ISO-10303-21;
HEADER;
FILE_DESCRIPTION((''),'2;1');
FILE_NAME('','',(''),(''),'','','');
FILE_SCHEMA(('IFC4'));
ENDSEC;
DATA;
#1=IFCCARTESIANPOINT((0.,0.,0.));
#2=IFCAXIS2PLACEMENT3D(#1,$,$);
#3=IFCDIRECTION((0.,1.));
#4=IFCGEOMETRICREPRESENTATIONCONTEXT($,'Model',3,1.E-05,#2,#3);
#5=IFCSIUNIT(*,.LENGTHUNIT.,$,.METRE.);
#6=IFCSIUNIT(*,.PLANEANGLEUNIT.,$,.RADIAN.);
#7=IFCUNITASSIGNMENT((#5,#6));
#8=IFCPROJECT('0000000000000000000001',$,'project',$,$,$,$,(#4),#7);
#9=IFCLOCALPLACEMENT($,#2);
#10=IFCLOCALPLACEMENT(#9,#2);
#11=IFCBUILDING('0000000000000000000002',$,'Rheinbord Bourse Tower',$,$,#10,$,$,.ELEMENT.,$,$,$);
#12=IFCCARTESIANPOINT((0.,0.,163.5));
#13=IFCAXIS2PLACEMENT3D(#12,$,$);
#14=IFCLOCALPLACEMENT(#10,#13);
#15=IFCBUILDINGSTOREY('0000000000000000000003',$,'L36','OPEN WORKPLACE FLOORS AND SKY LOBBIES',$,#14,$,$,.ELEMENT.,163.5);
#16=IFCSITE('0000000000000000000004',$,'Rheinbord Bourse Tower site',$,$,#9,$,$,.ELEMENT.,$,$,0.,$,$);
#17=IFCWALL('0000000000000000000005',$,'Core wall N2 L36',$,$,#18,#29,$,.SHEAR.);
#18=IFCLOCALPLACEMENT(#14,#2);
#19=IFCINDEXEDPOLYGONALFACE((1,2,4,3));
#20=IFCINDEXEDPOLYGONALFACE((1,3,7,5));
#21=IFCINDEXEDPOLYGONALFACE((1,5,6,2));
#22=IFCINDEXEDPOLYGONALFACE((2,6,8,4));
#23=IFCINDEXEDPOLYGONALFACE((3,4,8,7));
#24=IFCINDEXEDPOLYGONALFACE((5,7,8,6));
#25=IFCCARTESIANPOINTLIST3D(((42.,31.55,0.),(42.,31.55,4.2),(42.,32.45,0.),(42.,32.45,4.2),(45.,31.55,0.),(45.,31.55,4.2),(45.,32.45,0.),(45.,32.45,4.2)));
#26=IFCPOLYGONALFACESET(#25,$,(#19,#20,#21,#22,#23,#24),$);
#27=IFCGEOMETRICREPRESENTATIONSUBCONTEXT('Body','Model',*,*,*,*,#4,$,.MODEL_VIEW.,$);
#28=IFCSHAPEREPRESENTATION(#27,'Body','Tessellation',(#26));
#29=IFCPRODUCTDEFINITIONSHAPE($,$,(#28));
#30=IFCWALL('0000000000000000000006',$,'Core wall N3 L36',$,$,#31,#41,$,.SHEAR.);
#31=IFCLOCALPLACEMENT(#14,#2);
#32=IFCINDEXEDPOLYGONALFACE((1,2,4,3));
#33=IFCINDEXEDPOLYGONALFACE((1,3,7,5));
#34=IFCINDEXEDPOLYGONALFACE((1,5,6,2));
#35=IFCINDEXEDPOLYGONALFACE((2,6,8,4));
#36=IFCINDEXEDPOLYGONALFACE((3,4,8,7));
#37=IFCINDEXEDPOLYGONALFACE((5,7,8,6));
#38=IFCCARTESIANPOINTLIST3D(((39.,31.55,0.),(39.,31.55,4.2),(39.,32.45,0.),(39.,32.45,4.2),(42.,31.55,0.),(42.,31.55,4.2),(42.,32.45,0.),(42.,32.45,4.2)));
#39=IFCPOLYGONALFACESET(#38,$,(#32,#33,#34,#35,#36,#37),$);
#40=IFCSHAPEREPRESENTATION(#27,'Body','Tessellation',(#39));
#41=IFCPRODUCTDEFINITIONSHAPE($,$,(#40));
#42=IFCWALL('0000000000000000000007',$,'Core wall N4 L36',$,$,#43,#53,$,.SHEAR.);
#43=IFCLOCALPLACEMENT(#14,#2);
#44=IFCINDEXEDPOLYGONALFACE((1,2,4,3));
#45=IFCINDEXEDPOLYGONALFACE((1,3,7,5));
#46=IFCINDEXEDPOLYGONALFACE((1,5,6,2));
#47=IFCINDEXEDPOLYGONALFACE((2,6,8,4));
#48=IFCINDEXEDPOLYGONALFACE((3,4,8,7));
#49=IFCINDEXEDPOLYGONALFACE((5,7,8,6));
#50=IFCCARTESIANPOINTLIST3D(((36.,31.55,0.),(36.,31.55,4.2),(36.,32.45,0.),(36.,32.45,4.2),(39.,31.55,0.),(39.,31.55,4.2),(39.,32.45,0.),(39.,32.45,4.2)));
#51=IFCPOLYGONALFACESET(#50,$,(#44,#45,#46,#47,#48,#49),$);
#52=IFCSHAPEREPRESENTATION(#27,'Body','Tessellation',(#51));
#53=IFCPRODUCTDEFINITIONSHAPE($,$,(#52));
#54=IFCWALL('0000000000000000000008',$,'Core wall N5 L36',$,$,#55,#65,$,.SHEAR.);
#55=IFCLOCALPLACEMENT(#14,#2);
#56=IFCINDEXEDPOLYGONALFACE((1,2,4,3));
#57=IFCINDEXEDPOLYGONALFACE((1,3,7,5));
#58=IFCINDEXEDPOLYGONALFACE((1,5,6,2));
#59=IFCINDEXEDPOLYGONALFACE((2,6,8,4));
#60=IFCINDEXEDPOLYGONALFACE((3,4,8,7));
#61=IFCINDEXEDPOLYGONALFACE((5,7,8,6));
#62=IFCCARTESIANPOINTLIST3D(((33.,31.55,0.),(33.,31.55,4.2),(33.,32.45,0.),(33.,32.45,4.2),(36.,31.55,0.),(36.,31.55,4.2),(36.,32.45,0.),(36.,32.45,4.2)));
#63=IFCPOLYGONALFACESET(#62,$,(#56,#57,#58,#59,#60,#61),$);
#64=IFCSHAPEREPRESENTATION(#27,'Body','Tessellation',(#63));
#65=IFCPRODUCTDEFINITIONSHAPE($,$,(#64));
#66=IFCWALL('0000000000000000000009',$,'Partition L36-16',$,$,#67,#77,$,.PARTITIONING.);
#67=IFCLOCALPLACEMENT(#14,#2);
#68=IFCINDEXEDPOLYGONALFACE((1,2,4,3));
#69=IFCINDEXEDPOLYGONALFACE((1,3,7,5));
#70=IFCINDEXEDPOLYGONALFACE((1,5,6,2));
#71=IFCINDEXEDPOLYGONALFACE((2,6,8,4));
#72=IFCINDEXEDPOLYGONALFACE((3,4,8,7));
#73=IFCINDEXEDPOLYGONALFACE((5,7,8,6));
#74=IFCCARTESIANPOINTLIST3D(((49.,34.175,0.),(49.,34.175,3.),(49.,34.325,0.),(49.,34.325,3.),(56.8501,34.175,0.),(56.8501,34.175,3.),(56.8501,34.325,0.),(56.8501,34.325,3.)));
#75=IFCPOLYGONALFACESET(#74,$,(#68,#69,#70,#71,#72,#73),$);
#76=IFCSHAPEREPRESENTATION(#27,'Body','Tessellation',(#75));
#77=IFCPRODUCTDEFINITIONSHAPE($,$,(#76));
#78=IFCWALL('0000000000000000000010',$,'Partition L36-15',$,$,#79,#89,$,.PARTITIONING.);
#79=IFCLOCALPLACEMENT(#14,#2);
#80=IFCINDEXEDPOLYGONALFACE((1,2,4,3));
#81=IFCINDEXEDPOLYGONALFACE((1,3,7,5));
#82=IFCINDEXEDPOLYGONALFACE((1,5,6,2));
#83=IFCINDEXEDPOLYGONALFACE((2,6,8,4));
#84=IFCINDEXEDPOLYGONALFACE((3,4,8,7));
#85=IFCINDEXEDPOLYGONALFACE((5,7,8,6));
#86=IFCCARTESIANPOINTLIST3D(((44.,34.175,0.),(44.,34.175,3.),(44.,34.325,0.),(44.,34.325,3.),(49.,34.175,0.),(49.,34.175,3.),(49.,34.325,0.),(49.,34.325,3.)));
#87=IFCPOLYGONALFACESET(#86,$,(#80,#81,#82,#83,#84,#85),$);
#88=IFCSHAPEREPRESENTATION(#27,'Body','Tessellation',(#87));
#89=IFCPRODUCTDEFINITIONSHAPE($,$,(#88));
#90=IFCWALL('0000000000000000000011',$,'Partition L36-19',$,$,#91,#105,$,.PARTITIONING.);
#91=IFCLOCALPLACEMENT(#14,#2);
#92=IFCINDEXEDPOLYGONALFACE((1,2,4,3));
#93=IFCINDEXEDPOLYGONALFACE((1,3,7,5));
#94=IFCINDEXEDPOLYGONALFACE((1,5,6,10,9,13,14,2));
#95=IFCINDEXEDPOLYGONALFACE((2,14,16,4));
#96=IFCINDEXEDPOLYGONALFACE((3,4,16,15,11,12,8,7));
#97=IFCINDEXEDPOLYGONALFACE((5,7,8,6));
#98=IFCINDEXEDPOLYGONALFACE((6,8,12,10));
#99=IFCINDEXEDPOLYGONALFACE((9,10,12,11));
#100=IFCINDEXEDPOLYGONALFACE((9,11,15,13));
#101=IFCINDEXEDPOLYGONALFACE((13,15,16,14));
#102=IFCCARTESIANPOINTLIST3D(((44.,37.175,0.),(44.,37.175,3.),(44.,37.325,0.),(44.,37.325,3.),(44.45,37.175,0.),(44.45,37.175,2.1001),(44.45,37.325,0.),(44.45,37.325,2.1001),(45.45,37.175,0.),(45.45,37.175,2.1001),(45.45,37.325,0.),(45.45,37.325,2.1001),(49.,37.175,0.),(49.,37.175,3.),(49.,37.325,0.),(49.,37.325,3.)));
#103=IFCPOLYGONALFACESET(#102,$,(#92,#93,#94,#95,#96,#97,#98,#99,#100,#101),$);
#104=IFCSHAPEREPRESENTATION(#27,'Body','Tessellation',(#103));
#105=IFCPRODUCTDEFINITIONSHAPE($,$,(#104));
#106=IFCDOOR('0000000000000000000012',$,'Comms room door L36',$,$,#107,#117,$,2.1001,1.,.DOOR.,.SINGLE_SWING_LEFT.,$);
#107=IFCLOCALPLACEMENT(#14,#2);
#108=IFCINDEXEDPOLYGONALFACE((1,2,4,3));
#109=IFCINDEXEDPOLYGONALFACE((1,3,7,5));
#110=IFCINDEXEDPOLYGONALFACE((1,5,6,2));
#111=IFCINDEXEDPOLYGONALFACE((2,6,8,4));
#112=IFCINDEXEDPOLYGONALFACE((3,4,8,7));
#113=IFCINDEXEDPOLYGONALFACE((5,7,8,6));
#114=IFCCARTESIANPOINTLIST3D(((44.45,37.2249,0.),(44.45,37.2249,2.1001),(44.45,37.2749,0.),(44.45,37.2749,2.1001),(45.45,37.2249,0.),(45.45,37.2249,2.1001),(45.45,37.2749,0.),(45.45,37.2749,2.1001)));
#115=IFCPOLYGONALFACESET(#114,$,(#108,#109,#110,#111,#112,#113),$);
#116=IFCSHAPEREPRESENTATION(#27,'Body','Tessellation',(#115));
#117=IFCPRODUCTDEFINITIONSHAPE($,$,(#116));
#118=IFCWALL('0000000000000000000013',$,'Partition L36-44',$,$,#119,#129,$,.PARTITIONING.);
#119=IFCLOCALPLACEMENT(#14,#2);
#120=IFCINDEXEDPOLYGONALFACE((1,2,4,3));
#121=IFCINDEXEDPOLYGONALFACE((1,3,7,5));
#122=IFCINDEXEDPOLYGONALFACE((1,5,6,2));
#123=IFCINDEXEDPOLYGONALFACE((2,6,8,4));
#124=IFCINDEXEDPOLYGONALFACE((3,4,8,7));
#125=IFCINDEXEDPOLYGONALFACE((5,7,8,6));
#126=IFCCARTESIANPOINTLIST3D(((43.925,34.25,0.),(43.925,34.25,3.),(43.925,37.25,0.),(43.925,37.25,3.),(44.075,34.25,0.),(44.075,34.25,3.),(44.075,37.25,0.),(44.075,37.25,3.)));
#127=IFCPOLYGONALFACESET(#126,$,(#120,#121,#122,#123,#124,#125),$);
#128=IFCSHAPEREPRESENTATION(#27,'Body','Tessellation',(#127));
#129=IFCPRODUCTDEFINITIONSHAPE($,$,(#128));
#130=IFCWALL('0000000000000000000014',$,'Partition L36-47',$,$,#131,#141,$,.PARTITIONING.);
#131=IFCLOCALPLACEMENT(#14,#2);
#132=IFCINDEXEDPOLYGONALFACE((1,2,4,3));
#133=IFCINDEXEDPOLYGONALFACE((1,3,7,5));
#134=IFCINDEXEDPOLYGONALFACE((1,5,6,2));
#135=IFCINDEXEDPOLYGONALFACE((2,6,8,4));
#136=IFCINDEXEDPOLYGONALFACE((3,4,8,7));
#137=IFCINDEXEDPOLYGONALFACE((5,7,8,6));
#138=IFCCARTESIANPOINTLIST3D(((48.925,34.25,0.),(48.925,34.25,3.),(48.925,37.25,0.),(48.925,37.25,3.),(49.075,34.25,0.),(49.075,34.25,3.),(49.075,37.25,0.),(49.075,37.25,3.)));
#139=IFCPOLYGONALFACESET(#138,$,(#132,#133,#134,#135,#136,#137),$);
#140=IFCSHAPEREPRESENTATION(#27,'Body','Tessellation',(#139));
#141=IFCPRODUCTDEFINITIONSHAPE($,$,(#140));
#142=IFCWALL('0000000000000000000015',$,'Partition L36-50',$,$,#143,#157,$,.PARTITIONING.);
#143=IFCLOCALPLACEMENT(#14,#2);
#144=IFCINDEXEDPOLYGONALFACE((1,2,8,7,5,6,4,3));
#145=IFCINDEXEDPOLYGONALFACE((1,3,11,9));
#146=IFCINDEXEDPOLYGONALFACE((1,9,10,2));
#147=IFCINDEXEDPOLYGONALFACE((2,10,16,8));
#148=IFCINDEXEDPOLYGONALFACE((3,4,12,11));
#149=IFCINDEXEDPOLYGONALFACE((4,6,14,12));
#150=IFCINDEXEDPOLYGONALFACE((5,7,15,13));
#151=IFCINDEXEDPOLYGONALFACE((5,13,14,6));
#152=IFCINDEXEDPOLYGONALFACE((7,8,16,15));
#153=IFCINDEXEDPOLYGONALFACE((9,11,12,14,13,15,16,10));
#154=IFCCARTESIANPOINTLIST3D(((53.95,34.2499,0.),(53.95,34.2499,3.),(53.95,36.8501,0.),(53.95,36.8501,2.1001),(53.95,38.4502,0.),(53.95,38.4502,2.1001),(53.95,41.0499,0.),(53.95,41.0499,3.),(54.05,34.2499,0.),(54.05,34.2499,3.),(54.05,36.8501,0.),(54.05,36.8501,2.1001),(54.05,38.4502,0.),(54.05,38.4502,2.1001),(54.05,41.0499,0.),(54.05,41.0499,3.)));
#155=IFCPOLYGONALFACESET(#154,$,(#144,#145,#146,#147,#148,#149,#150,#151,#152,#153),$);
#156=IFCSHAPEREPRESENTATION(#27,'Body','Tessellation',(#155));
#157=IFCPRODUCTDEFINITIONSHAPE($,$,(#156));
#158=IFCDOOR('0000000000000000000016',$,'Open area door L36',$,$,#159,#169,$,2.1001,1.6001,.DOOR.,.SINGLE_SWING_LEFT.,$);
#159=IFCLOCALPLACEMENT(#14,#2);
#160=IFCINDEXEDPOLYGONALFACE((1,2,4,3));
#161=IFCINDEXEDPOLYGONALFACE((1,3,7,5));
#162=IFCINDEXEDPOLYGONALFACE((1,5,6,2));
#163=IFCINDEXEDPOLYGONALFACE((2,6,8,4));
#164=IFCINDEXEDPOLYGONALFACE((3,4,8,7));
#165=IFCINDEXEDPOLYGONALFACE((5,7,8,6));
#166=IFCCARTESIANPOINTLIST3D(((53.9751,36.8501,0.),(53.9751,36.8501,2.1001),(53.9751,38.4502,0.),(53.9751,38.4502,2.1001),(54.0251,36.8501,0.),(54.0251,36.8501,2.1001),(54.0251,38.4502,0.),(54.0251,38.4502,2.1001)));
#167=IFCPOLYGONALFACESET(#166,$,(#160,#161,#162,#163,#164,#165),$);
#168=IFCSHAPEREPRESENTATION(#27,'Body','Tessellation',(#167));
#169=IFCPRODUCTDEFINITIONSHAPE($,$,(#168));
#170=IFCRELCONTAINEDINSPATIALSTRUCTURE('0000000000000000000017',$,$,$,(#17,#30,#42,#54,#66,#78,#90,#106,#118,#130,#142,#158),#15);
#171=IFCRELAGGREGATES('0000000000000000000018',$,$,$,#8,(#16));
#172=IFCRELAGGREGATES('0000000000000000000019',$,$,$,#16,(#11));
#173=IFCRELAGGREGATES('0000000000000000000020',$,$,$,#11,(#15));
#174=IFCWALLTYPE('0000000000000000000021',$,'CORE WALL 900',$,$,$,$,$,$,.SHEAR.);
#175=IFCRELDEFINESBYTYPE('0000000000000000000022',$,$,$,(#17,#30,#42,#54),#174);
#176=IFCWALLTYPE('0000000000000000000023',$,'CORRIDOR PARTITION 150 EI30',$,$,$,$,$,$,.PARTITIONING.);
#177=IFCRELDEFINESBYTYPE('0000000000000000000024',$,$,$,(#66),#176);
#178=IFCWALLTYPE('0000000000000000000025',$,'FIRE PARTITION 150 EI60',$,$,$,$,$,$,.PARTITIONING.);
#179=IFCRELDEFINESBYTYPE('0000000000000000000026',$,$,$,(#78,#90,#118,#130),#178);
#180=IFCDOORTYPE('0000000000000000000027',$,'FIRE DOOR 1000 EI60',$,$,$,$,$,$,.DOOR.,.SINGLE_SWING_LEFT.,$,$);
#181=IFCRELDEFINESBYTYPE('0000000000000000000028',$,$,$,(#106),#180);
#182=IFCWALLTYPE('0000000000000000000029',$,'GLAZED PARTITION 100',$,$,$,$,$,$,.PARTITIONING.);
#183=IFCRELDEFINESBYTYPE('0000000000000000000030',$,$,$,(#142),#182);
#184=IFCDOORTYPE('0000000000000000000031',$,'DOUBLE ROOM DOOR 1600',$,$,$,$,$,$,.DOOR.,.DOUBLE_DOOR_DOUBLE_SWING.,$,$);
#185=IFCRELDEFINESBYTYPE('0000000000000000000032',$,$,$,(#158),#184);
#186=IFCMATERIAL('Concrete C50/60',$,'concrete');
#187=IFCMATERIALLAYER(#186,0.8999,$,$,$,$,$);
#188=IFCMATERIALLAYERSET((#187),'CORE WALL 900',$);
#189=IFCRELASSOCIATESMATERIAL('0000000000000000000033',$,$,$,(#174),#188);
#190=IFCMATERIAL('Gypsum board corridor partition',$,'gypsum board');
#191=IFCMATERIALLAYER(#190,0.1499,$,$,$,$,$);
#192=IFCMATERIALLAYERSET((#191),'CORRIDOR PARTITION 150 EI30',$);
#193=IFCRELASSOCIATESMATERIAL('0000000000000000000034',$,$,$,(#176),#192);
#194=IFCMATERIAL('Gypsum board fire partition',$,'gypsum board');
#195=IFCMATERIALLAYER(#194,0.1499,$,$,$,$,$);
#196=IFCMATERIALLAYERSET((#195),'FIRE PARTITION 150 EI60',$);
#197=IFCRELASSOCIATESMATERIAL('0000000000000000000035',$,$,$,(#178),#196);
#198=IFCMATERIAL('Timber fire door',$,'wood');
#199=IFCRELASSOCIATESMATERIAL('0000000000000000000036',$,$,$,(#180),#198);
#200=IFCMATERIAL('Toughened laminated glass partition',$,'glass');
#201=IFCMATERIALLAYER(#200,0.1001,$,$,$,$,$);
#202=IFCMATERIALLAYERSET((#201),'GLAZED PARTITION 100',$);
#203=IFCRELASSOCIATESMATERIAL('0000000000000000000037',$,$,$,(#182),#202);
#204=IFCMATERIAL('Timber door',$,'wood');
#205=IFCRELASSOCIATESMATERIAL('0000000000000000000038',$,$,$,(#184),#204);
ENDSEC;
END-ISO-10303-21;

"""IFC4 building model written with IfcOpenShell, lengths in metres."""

from ifc_helpers import new_model, si_unit, direction, frame, frame_2d, origin, place, context, subcontext, project, spatial, rectangle, extrude, material, layer, layer_set, type_object, element, fill, save


model = new_model("IFC4")

# Units and contexts
model_context = context("Model", 3, precision=1e-05, world=origin(), true_north=direction((0.0, 1.0)))
body_context = subcontext(model_context, "Body", "Model", "MODEL_VIEW")
ifc_project = project(units=[si_unit("LENGTHUNIT", "METRE"), si_unit("PLANEANGLEUNIT", "RADIAN")], contexts=[model_context])

# Site, building, storey
site_placement = place(None, origin())
site = spatial("IfcSite", under=ifc_project, at=site_placement, Name="Rheinbord Bourse Tower site", CompositionType="ELEMENT", RefElevation=0.0)
building_placement = place(site_placement, origin())
building = spatial("IfcBuilding", under=site, at=building_placement, Name="Rheinbord Bourse Tower", CompositionType="ELEMENT")
storey_placement = place(building_placement, frame((0.0, 0.0, 163.5)))
storey = spatial("IfcBuildingStorey", under=building, at=storey_placement, Name="L36", Description="OPEN WORKPLACE FLOORS AND SKY LOBBIES", CompositionType="ELEMENT", Elevation=163.5)

# Walls
ifc_material_1 = material(Name="Concrete C50/60", Category="concrete")
ifc_layer_1 = layer(ifc_material_1, 0.8999)
ifc_layer_set_1 = layer_set([ifc_layer_1], Name="CORE WALL 900")
wall_type_1 = type_object("IfcWallType", Name="CORE WALL 900", PredefinedType="SHEAR", material=ifc_layer_set_1)
for number, where, z_axis, x_axis, name in (
    (1, (45.0, 32.0, 0.0), (0.0, 0.0, 1.0), (-1.0, 0.0, 0.0), "Core wall N2 L36"),
    (2, (42.0, 32.0, 0.0), (0.0, 0.0, 1.0), (-1.0, 0.0, 0.0), "Core wall N3 L36"),
    (3, (39.0, 32.0, 0.0), (0.0, 0.0, 1.0), (-1.0, 0.0, 0.0), "Core wall N4 L36"),
    (4, (36.0, 32.0, 0.0), (0.0, 0.0, 1.0), (-1.0, 0.0, 0.0), "Core wall N5 L36"),
):
    element("IfcWall", number, at=place(storey_placement, frame(where, z_axis=z_axis, x_axis=x_axis)), inside=storey, type_object=wall_type_1, Name=name, PredefinedType="SHEAR", context=body_context, shape_type="SweptSolid", body=[
        extrude(rectangle(XDim=3.0, YDim=0.8999, at=frame_2d((1.5, 0.0))), origin(), (0.0, 0.0, 1.0), 4.2),
    ])
ifc_material_2 = material(Name="Gypsum board corridor partition", Category="gypsum board")
ifc_layer_2 = layer(ifc_material_2, 0.1499)
ifc_layer_set_2 = layer_set([ifc_layer_2], Name="CORRIDOR PARTITION 150 EI30")
wall_type_2 = type_object("IfcWallType", Name="CORRIDOR PARTITION 150 EI30", PredefinedType="PARTITIONING", material=ifc_layer_set_2)
wall_1_placement = place(storey_placement, frame((49.0, 34.25, 0.0), z_axis=(0.0, 0.0, 1.0), x_axis=(1.0, 0.0, 0.0)))
element("IfcWall", 5, at=wall_1_placement, inside=storey, type_object=wall_type_2, Name="Partition L36-16", PredefinedType="PARTITIONING", context=body_context, shape_type="SweptSolid", body=[
    extrude(rectangle(XDim=7.8501, YDim=0.1499, at=frame_2d((3.925, 0.0))), origin(), (0.0, 0.0, 1.0), 3.0),
])
ifc_material_3 = material(Name="Gypsum board fire partition", Category="gypsum board")
ifc_layer_3 = layer(ifc_material_3, 0.1499)
ifc_layer_set_3 = layer_set([ifc_layer_3], Name="FIRE PARTITION 150 EI60")
wall_type_3 = type_object("IfcWallType", Name="FIRE PARTITION 150 EI60", PredefinedType="PARTITIONING", material=ifc_layer_set_3)
wall_2_placement = place(storey_placement, frame((44.0, 34.25, 0.0), z_axis=(0.0, 0.0, 1.0), x_axis=(1.0, 0.0, 0.0)))
element("IfcWall", 6, at=wall_2_placement, inside=storey, type_object=wall_type_3, Name="Partition L36-15", PredefinedType="PARTITIONING", context=body_context, shape_type="SweptSolid", body=[
    extrude(rectangle(XDim=5.0, YDim=0.1499, at=frame_2d((2.5, 0.0))), origin(), (0.0, 0.0, 1.0), 3.0),
])

# Wall, opening, door
wall_3_placement = place(storey_placement, frame((44.0, 37.25, 0.0), z_axis=(0.0, 0.0, 1.0), x_axis=(1.0, 0.0, 0.0)))
wall_3 = element("IfcWall", 7, at=wall_3_placement, inside=storey, type_object=wall_type_3, Name="Partition L36-19", PredefinedType="PARTITIONING", context=body_context, shape_type="SweptSolid", body=[
    extrude(rectangle(XDim=5.0, YDim=0.1499, at=frame_2d((2.5, 0.0))), origin(), (0.0, 0.0, 1.0), 3.0),
])
opening_1_placement = place(wall_3_placement, frame((0.45, 0.0, 0.0)))
opening_1 = element("IfcOpeningElement", 8, at=opening_1_placement, cuts=wall_3, PredefinedType="OPENING", context=body_context, shape_type="SweptSolid", body=[
    extrude(rectangle(XDim=1.0, YDim=2.1001, at=frame_2d((0.5, 1.05))), frame((0.0, 0.085, 0.0), z_axis=(0.0, -1.0, 0.0), x_axis=(1.0, 0.0, 0.0)), (0.0, 0.0, 1.0), 0.1699),
])
ifc_material_4 = material(Name="Timber fire door", Category="wood")
door_type_1 = type_object("IfcDoorType", Name="FIRE DOOR 1000 EI60", OperationType="SINGLE_SWING_LEFT", PredefinedType="DOOR", material=ifc_material_4)
door_1_placement = place(opening_1_placement, origin())
door_1 = element("IfcDoor", 9, at=door_1_placement, inside=storey, type_object=door_type_1, Name="Comms room door L36", OperationType="SINGLE_SWING_LEFT", OverallHeight=2.1001, OverallWidth=1.0, PredefinedType="DOOR", context=body_context, shape_type="SweptSolid", body=[
    extrude(rectangle(XDim=1.0, YDim=2.1001, at=frame_2d((0.5, 1.05))), frame((0.0, 0.0249, 0.0), z_axis=(0.0, -1.0, 0.0), x_axis=(1.0, 0.0, 0.0)), (0.0, 0.0, 1.0), 0.05),
])
fill(opening_1, door_1)

# Walls
for number, where, z_axis, x_axis, name in (
    (10, (44.0, 34.25, 0.0), (0.0, 0.0, 1.0), (0.0, 1.0, 0.0), "Partition L36-44"),
    (11, (49.0, 34.25, 0.0), (0.0, 0.0, 1.0), (0.0, 1.0, 0.0), "Partition L36-47"),
):
    element("IfcWall", number, at=place(storey_placement, frame(where, z_axis=z_axis, x_axis=x_axis)), inside=storey, type_object=wall_type_3, Name=name, PredefinedType="PARTITIONING", context=body_context, shape_type="SweptSolid", body=[
        extrude(rectangle(XDim=3.0, YDim=0.1499, at=frame_2d((1.5, 0.0))), origin(), (0.0, 0.0, 1.0), 3.0),
    ])

# Wall, opening, door
ifc_material_5 = material(Name="Toughened laminated glass partition", Category="glass")
ifc_layer_4 = layer(ifc_material_5, 0.1001)
ifc_layer_set_4 = layer_set([ifc_layer_4], Name="GLAZED PARTITION 100")
wall_type_4 = type_object("IfcWallType", Name="GLAZED PARTITION 100", PredefinedType="PARTITIONING", material=ifc_layer_set_4)
wall_4_placement = place(storey_placement, frame((54.0, 34.25, 0.0), z_axis=(0.0, 0.0, 1.0), x_axis=(0.0, 1.0, 0.0)))
wall_4 = element("IfcWall", 12, at=wall_4_placement, inside=storey, type_object=wall_type_4, Name="Partition L36-50", PredefinedType="PARTITIONING", context=body_context, shape_type="SweptSolid", body=[
    extrude(rectangle(XDim=6.8, YDim=0.1001, at=frame_2d((3.3999, 0.0))), origin(), (0.0, 0.0, 1.0), 3.0),
])
opening_2_placement = place(wall_4_placement, frame((2.6001, 0.0, 0.0)))
opening_2 = element("IfcOpeningElement", 13, at=opening_2_placement, cuts=wall_4, PredefinedType="OPENING", context=body_context, shape_type="SweptSolid", body=[
    extrude(rectangle(XDim=1.6001, YDim=2.1001, at=frame_2d((0.8, 1.05))), frame((0.0, 0.0601, 0.0), z_axis=(0.0, -1.0, 0.0), x_axis=(1.0, 0.0, 0.0)), (0.0, 0.0, 1.0), 0.1201),
])
ifc_material_6 = material(Name="Timber door", Category="wood")
door_type_2 = type_object("IfcDoorType", Name="DOUBLE ROOM DOOR 1600", OperationType="DOUBLE_DOOR_DOUBLE_SWING", PredefinedType="DOOR", material=ifc_material_6)
door_2_placement = place(opening_2_placement, origin())
door_2 = element("IfcDoor", 14, at=door_2_placement, inside=storey, type_object=door_type_2, Name="Open area door L36", OperationType="SINGLE_SWING_LEFT", OverallHeight=2.1001, OverallWidth=1.6001, PredefinedType="DOOR", context=body_context, shape_type="SweptSolid", body=[
    extrude(rectangle(XDim=1.6001, YDim=2.1001, at=frame_2d((0.8, 1.05))), frame((0.0, 0.0249, 0.0), z_axis=(0.0, -1.0, 0.0), x_axis=(1.0, 0.0, 0.0)), (0.0, 0.0, 1.0), 0.05),
])
fill(opening_2, door_2)

save(model, "model.ifc")
